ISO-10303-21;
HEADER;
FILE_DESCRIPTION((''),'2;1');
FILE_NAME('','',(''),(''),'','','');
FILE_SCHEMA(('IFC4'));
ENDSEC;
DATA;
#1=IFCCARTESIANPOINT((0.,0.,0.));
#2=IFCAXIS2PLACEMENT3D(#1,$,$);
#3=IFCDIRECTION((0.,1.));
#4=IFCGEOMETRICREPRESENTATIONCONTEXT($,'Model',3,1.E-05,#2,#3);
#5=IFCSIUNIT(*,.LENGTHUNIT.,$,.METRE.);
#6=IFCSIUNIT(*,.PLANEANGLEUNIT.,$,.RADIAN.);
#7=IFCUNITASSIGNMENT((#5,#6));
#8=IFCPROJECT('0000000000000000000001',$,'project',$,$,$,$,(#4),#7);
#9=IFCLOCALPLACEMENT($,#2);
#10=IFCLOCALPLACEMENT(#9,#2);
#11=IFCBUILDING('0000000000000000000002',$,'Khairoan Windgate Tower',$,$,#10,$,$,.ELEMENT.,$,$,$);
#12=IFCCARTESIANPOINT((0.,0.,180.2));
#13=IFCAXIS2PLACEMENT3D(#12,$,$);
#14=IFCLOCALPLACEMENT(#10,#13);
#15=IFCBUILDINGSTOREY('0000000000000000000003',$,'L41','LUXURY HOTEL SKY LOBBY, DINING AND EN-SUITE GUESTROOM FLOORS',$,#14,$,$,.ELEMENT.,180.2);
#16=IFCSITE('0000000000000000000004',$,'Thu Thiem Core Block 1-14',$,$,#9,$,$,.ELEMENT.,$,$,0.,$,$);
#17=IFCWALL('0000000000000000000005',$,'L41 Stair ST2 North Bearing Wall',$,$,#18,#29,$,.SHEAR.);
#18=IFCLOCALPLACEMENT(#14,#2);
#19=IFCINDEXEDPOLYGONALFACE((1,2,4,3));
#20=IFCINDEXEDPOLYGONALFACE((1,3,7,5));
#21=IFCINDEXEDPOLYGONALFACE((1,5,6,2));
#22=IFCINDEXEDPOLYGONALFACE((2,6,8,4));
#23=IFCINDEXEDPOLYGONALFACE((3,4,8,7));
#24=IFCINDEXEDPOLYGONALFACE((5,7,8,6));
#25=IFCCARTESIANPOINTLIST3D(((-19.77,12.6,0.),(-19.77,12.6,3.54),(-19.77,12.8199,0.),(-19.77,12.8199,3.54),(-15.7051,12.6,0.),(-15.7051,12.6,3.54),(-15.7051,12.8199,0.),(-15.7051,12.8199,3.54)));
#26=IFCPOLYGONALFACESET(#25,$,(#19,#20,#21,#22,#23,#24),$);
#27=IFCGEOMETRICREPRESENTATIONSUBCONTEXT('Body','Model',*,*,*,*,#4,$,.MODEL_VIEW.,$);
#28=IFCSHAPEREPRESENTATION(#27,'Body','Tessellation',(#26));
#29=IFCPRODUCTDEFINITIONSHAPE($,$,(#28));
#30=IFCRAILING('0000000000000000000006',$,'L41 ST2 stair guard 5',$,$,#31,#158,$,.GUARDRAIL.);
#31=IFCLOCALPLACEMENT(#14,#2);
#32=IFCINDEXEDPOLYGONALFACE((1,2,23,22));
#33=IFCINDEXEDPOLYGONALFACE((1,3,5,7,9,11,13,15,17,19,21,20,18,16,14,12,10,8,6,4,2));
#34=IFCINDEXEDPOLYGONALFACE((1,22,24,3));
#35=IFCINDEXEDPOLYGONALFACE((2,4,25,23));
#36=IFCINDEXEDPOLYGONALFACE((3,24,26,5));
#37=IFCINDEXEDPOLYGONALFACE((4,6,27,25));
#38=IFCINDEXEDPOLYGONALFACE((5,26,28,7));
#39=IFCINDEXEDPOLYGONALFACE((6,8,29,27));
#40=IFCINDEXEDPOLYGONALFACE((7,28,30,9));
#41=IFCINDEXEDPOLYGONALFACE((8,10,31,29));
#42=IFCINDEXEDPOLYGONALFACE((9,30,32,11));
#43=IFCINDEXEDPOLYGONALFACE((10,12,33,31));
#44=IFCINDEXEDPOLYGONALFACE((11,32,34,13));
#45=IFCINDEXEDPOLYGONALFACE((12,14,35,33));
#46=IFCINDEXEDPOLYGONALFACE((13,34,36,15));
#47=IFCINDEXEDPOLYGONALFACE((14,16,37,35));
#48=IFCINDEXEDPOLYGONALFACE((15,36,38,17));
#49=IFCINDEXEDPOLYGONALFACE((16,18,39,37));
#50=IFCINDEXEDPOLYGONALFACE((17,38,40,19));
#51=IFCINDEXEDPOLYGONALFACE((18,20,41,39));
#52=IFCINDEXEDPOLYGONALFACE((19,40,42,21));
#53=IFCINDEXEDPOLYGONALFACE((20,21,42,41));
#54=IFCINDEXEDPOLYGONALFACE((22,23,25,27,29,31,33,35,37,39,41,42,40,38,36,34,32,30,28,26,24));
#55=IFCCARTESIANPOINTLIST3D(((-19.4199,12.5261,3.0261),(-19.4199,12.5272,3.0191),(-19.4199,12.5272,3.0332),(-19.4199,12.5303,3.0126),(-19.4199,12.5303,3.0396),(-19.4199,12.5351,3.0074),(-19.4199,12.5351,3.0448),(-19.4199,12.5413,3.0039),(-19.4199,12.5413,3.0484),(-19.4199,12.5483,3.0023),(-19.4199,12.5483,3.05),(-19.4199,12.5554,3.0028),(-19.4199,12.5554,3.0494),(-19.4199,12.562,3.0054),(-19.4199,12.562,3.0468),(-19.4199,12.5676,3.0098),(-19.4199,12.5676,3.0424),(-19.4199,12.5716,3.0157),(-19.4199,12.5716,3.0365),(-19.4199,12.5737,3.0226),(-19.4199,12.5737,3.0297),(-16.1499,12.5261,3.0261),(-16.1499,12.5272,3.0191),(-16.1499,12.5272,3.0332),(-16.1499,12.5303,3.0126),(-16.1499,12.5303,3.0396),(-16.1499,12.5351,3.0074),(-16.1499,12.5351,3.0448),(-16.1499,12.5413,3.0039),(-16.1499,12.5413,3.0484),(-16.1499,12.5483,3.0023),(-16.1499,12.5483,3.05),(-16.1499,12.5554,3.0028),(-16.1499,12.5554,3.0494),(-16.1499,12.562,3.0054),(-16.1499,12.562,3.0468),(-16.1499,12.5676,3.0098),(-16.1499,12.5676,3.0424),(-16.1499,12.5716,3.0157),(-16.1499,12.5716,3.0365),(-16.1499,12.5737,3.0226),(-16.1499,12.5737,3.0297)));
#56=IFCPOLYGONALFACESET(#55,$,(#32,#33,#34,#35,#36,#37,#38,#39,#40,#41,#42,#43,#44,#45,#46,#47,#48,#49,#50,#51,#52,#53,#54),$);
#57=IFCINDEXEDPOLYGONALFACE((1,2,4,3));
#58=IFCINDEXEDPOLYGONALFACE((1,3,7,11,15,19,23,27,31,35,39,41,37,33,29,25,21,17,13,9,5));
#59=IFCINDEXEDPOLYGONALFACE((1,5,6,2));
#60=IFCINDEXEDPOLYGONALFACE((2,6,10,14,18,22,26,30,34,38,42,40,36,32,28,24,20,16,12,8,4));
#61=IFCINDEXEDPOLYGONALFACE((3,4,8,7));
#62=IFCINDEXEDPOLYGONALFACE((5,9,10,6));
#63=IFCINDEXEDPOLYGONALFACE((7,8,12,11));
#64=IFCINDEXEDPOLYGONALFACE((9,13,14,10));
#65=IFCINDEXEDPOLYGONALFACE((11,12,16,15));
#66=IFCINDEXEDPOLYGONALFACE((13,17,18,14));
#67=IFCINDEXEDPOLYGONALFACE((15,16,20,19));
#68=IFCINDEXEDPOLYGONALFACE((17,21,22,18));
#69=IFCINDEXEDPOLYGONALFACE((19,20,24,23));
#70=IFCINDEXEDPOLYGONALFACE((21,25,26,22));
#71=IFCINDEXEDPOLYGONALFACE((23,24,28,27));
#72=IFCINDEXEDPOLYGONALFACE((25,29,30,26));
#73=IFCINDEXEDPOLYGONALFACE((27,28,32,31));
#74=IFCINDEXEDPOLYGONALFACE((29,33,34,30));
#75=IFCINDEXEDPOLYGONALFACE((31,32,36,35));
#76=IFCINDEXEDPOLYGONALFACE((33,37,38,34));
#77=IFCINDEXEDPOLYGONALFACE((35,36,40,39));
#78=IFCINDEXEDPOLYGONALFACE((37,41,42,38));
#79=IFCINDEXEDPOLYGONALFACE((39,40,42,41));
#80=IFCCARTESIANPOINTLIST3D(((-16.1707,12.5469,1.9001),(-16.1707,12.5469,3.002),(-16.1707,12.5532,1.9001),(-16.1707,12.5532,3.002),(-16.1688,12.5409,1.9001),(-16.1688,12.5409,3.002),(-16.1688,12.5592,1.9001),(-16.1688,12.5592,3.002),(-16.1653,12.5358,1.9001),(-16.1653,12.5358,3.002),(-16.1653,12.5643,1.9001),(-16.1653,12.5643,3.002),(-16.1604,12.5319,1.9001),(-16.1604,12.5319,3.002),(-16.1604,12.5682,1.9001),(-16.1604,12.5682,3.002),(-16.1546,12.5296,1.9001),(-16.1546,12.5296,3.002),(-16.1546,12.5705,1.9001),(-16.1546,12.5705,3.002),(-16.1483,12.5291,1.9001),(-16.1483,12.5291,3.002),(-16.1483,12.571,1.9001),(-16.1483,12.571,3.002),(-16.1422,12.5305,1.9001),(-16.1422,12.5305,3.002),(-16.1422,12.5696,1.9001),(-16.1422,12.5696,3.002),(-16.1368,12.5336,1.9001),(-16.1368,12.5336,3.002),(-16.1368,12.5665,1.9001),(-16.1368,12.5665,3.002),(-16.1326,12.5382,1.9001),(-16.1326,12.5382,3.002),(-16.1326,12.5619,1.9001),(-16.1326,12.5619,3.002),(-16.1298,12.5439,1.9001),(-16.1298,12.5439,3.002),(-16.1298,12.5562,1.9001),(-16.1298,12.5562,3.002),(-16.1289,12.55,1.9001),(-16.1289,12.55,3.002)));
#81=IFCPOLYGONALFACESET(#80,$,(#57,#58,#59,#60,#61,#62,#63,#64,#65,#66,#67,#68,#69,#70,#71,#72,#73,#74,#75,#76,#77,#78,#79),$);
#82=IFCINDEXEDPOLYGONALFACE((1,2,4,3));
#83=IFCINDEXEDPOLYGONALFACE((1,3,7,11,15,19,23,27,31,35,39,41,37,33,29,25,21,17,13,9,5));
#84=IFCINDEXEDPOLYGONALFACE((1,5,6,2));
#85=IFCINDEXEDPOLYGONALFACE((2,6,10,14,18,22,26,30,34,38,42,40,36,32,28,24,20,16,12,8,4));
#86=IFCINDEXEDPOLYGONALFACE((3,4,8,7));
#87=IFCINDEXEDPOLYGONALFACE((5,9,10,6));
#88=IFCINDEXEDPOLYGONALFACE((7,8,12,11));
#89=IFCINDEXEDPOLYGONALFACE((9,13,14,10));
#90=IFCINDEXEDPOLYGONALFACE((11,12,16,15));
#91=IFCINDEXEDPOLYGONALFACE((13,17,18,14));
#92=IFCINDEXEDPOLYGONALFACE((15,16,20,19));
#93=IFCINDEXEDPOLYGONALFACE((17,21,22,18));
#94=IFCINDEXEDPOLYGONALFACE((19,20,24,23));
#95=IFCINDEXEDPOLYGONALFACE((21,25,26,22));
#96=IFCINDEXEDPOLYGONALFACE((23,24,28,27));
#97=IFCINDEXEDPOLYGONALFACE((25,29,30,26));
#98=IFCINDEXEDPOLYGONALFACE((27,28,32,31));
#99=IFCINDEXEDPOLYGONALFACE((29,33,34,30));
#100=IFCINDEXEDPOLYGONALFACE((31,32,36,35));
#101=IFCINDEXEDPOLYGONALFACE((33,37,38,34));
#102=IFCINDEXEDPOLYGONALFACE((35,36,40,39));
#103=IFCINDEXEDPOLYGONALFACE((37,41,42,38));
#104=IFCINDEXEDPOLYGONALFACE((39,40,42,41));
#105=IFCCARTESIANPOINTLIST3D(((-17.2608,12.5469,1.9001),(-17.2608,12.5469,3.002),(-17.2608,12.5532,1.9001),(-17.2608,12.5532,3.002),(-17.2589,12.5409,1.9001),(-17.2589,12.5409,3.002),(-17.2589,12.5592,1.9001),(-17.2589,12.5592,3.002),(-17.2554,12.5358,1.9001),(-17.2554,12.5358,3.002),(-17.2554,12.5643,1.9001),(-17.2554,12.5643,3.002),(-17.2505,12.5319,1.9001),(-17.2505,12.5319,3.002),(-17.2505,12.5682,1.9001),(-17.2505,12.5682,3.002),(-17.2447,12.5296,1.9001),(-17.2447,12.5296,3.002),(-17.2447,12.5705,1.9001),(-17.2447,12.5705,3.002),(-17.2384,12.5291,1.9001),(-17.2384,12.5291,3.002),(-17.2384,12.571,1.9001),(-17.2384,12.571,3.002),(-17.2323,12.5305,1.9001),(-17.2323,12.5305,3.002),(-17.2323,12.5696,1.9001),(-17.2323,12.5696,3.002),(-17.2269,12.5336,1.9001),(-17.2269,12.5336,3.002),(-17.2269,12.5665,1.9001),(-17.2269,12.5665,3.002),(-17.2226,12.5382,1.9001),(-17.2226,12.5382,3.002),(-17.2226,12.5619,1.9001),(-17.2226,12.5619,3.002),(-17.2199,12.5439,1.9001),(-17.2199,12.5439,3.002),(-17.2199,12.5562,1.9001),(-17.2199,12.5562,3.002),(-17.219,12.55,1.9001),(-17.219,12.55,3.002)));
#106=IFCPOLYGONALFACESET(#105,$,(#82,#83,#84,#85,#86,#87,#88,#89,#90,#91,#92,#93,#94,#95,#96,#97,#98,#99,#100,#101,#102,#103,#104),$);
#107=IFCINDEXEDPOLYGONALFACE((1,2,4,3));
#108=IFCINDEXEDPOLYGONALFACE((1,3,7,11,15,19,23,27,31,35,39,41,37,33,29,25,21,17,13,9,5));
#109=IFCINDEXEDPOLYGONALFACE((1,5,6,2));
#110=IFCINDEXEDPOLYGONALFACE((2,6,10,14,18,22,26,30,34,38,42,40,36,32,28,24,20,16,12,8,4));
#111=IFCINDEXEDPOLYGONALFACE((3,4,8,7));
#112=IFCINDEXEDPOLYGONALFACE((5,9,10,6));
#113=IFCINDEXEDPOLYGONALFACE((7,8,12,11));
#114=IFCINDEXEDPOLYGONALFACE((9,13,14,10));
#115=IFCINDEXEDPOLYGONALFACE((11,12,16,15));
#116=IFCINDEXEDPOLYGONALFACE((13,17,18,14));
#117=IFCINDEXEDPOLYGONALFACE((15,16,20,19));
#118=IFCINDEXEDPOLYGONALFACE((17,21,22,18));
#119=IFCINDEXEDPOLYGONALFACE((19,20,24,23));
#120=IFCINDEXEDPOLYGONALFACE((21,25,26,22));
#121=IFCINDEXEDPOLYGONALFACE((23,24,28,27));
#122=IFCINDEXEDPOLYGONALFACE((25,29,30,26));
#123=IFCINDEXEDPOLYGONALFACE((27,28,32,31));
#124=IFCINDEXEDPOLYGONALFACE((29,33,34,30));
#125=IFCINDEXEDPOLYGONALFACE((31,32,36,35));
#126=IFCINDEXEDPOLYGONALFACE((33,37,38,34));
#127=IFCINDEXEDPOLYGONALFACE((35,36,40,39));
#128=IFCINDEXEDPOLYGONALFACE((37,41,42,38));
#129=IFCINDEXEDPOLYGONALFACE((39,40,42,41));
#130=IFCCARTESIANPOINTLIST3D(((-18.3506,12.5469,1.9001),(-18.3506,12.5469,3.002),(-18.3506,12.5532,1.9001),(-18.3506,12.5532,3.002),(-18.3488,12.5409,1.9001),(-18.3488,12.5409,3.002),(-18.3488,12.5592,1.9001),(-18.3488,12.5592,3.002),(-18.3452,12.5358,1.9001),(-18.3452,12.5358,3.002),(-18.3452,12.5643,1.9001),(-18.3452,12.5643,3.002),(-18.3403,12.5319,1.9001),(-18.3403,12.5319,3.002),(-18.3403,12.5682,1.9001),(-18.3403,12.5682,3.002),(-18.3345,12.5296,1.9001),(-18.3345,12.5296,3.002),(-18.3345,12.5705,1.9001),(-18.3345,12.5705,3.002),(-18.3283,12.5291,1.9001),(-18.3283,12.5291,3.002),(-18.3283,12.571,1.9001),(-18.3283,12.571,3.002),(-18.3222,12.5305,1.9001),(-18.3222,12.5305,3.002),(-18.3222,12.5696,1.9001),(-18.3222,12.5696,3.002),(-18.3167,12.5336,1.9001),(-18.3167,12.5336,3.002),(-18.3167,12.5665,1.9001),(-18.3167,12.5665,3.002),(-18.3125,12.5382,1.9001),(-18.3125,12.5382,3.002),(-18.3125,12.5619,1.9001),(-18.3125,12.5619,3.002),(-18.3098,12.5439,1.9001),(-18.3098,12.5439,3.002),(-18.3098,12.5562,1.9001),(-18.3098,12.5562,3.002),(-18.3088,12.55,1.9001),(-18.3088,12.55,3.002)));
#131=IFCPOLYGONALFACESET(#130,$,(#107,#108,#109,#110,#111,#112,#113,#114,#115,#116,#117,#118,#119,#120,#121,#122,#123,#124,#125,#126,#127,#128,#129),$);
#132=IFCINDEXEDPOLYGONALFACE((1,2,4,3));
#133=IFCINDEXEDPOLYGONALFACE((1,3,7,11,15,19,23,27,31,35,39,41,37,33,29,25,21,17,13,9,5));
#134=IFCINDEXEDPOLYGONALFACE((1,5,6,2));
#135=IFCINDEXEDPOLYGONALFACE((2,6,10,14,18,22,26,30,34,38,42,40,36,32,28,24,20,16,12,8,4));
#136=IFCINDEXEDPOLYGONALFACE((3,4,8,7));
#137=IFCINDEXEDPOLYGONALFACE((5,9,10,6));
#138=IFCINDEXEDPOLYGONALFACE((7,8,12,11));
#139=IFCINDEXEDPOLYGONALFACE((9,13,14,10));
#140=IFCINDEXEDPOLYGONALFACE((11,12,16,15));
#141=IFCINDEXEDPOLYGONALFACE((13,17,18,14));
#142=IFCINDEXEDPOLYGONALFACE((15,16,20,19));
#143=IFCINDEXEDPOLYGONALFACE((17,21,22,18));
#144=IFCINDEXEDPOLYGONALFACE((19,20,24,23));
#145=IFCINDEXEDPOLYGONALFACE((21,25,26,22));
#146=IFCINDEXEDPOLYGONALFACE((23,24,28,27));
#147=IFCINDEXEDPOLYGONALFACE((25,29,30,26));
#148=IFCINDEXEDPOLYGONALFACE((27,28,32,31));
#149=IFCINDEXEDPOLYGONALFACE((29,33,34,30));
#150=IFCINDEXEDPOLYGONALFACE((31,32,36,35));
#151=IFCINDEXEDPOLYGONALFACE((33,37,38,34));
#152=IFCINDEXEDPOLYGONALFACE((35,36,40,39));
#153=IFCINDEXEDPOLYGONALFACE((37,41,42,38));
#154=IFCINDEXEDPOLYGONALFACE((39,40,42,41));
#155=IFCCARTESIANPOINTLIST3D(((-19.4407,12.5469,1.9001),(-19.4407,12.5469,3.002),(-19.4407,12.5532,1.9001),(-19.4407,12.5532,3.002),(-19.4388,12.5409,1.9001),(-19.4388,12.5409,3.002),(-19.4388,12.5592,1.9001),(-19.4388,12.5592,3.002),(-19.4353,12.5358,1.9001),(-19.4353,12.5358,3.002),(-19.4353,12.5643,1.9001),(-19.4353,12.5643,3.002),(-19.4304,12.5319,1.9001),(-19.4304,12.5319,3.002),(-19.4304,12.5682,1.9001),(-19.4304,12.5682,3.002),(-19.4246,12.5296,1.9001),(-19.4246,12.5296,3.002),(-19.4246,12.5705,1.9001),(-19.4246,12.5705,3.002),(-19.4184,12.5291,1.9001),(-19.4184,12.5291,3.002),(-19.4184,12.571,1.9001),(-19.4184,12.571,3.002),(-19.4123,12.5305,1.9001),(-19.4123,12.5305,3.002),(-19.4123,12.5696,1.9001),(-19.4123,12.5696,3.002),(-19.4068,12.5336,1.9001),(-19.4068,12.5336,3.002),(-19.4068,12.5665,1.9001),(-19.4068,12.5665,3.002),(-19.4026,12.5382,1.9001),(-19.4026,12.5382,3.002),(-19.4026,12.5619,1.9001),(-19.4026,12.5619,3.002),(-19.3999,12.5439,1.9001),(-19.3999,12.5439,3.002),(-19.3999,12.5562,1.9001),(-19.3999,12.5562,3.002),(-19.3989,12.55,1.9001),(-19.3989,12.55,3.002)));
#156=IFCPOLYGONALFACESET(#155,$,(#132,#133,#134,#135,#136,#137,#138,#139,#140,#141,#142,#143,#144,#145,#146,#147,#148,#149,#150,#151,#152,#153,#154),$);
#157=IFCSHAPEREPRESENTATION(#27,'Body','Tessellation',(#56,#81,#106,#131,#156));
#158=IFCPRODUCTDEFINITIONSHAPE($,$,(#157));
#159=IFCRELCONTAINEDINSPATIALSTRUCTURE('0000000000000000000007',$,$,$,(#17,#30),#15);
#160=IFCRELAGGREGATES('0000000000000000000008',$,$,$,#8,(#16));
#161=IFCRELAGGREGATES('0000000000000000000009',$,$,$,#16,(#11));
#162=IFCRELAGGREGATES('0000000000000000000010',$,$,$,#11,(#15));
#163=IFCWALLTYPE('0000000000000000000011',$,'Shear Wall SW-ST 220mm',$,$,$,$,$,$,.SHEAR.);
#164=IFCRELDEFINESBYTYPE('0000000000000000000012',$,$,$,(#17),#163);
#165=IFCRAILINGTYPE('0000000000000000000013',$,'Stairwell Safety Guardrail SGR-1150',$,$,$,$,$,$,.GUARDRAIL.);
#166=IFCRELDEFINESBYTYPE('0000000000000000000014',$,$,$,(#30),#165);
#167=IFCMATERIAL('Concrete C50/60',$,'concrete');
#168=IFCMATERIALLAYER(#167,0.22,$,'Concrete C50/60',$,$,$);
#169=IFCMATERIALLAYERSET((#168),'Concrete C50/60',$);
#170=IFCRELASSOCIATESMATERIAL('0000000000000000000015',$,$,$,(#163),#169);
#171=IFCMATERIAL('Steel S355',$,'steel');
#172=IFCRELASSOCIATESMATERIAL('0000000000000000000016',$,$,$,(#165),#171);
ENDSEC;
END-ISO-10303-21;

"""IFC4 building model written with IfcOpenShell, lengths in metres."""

from ifc_helpers import new_model, si_unit, direction, frame, frame_2d, origin, origin_2d, place, context, subcontext, project, spatial, rectangle, circle, extrude, material, layer, layer_set, type_object, element, save


model = new_model("IFC4")

# Units and contexts
model_context = context("Model", 3, precision=1e-05, world=origin(), true_north=direction((0.0, 1.0)))
body_context = subcontext(model_context, "Body", "Model", "MODEL_VIEW")
ifc_project = project(units=[si_unit("LENGTHUNIT", "METRE"), si_unit("PLANEANGLEUNIT", "RADIAN")], contexts=[model_context])

# Site, building, storey
site_placement = place(None, origin())
site = spatial("IfcSite", under=ifc_project, at=site_placement, Name="Thu Thiem Core Block 1-14", CompositionType="ELEMENT", RefElevation=0.0)
building_placement = place(site_placement, origin())
building = spatial("IfcBuilding", under=site, at=building_placement, Name="Khairoan Windgate Tower", CompositionType="ELEMENT")
storey_placement = place(building_placement, frame((0.0, 0.0, 180.2)))
storey = spatial("IfcBuildingStorey", under=building, at=storey_placement, Name="L41", Description="LUXURY HOTEL SKY LOBBY, DINING AND EN-SUITE GUESTROOM FLOORS", CompositionType="ELEMENT", Elevation=180.2)

# Wall
ifc_material_1 = material(Name="Concrete C50/60", Category="concrete")
ifc_layer_1 = layer(ifc_material_1, 0.22, Name="Concrete C50/60")
ifc_layer_set_1 = layer_set([ifc_layer_1], Name="Concrete C50/60")
wall_type_1 = type_object("IfcWallType", Name="Shear Wall SW-ST 220mm", PredefinedType="SHEAR", material=ifc_layer_set_1)
wall_1_placement = place(storey_placement, frame((-19.77, 12.71, 0.0), z_axis=(0.0, 0.0, 1.0), x_axis=(1.0, 0.0, 0.0)))
element("IfcWall", 1, at=wall_1_placement, inside=storey, type_object=wall_type_1, Name="L41 Stair ST2 North Bearing Wall", PredefinedType="SHEAR", context=body_context, shape_type="SweptSolid", body=[
    extrude(rectangle(XDim=4.0649, YDim=0.22, at=frame_2d((2.0325, 0.0))), origin(), (0.0, 0.0, 1.0), 3.54),
])

# Railing
ifc_material_2 = material(Name="Steel S355", Category="steel")
railing_type = type_object("IfcRailingType", Name="Stairwell Safety Guardrail SGR-1150", PredefinedType="GUARDRAIL", material=ifc_material_2)
railing_1_placement = place(storey_placement, frame((-16.1499, 12.55, 1.9001)))
element("IfcRailing", 2, at=railing_1_placement, inside=storey, type_object=railing_type, Name="L41 ST2 stair guard 5", PredefinedType="GUARDRAIL", context=body_context, shape_type="SweptSolid", body=[
    extrude(circle(Radius=0.0239, at=origin_2d()), frame((0.0, 0.0, 1.126), z_axis=(-1.0, 0.0, 0.0), x_axis=(0.0, -1.0, 0.0)), (0.0, 0.0, 1.0), 3.27),
    extrude(circle(Radius=0.021, at=origin_2d()), origin(), (0.0, 0.0, 1.0), 1.1018),
    extrude(circle(Radius=0.021, at=origin_2d()), frame((-1.0901, 0.0, 0.0)), (0.0, 0.0, 1.0), 1.1018),
    extrude(circle(Radius=0.021, at=origin_2d()), frame((-2.1799, 0.0, 0.0)), (0.0, 0.0, 1.0), 1.1018),
    extrude(circle(Radius=0.021, at=origin_2d()), frame((-3.27, 0.0, 0.0)), (0.0, 0.0, 1.0), 1.1018),
])

save(model, "model.ifc")
